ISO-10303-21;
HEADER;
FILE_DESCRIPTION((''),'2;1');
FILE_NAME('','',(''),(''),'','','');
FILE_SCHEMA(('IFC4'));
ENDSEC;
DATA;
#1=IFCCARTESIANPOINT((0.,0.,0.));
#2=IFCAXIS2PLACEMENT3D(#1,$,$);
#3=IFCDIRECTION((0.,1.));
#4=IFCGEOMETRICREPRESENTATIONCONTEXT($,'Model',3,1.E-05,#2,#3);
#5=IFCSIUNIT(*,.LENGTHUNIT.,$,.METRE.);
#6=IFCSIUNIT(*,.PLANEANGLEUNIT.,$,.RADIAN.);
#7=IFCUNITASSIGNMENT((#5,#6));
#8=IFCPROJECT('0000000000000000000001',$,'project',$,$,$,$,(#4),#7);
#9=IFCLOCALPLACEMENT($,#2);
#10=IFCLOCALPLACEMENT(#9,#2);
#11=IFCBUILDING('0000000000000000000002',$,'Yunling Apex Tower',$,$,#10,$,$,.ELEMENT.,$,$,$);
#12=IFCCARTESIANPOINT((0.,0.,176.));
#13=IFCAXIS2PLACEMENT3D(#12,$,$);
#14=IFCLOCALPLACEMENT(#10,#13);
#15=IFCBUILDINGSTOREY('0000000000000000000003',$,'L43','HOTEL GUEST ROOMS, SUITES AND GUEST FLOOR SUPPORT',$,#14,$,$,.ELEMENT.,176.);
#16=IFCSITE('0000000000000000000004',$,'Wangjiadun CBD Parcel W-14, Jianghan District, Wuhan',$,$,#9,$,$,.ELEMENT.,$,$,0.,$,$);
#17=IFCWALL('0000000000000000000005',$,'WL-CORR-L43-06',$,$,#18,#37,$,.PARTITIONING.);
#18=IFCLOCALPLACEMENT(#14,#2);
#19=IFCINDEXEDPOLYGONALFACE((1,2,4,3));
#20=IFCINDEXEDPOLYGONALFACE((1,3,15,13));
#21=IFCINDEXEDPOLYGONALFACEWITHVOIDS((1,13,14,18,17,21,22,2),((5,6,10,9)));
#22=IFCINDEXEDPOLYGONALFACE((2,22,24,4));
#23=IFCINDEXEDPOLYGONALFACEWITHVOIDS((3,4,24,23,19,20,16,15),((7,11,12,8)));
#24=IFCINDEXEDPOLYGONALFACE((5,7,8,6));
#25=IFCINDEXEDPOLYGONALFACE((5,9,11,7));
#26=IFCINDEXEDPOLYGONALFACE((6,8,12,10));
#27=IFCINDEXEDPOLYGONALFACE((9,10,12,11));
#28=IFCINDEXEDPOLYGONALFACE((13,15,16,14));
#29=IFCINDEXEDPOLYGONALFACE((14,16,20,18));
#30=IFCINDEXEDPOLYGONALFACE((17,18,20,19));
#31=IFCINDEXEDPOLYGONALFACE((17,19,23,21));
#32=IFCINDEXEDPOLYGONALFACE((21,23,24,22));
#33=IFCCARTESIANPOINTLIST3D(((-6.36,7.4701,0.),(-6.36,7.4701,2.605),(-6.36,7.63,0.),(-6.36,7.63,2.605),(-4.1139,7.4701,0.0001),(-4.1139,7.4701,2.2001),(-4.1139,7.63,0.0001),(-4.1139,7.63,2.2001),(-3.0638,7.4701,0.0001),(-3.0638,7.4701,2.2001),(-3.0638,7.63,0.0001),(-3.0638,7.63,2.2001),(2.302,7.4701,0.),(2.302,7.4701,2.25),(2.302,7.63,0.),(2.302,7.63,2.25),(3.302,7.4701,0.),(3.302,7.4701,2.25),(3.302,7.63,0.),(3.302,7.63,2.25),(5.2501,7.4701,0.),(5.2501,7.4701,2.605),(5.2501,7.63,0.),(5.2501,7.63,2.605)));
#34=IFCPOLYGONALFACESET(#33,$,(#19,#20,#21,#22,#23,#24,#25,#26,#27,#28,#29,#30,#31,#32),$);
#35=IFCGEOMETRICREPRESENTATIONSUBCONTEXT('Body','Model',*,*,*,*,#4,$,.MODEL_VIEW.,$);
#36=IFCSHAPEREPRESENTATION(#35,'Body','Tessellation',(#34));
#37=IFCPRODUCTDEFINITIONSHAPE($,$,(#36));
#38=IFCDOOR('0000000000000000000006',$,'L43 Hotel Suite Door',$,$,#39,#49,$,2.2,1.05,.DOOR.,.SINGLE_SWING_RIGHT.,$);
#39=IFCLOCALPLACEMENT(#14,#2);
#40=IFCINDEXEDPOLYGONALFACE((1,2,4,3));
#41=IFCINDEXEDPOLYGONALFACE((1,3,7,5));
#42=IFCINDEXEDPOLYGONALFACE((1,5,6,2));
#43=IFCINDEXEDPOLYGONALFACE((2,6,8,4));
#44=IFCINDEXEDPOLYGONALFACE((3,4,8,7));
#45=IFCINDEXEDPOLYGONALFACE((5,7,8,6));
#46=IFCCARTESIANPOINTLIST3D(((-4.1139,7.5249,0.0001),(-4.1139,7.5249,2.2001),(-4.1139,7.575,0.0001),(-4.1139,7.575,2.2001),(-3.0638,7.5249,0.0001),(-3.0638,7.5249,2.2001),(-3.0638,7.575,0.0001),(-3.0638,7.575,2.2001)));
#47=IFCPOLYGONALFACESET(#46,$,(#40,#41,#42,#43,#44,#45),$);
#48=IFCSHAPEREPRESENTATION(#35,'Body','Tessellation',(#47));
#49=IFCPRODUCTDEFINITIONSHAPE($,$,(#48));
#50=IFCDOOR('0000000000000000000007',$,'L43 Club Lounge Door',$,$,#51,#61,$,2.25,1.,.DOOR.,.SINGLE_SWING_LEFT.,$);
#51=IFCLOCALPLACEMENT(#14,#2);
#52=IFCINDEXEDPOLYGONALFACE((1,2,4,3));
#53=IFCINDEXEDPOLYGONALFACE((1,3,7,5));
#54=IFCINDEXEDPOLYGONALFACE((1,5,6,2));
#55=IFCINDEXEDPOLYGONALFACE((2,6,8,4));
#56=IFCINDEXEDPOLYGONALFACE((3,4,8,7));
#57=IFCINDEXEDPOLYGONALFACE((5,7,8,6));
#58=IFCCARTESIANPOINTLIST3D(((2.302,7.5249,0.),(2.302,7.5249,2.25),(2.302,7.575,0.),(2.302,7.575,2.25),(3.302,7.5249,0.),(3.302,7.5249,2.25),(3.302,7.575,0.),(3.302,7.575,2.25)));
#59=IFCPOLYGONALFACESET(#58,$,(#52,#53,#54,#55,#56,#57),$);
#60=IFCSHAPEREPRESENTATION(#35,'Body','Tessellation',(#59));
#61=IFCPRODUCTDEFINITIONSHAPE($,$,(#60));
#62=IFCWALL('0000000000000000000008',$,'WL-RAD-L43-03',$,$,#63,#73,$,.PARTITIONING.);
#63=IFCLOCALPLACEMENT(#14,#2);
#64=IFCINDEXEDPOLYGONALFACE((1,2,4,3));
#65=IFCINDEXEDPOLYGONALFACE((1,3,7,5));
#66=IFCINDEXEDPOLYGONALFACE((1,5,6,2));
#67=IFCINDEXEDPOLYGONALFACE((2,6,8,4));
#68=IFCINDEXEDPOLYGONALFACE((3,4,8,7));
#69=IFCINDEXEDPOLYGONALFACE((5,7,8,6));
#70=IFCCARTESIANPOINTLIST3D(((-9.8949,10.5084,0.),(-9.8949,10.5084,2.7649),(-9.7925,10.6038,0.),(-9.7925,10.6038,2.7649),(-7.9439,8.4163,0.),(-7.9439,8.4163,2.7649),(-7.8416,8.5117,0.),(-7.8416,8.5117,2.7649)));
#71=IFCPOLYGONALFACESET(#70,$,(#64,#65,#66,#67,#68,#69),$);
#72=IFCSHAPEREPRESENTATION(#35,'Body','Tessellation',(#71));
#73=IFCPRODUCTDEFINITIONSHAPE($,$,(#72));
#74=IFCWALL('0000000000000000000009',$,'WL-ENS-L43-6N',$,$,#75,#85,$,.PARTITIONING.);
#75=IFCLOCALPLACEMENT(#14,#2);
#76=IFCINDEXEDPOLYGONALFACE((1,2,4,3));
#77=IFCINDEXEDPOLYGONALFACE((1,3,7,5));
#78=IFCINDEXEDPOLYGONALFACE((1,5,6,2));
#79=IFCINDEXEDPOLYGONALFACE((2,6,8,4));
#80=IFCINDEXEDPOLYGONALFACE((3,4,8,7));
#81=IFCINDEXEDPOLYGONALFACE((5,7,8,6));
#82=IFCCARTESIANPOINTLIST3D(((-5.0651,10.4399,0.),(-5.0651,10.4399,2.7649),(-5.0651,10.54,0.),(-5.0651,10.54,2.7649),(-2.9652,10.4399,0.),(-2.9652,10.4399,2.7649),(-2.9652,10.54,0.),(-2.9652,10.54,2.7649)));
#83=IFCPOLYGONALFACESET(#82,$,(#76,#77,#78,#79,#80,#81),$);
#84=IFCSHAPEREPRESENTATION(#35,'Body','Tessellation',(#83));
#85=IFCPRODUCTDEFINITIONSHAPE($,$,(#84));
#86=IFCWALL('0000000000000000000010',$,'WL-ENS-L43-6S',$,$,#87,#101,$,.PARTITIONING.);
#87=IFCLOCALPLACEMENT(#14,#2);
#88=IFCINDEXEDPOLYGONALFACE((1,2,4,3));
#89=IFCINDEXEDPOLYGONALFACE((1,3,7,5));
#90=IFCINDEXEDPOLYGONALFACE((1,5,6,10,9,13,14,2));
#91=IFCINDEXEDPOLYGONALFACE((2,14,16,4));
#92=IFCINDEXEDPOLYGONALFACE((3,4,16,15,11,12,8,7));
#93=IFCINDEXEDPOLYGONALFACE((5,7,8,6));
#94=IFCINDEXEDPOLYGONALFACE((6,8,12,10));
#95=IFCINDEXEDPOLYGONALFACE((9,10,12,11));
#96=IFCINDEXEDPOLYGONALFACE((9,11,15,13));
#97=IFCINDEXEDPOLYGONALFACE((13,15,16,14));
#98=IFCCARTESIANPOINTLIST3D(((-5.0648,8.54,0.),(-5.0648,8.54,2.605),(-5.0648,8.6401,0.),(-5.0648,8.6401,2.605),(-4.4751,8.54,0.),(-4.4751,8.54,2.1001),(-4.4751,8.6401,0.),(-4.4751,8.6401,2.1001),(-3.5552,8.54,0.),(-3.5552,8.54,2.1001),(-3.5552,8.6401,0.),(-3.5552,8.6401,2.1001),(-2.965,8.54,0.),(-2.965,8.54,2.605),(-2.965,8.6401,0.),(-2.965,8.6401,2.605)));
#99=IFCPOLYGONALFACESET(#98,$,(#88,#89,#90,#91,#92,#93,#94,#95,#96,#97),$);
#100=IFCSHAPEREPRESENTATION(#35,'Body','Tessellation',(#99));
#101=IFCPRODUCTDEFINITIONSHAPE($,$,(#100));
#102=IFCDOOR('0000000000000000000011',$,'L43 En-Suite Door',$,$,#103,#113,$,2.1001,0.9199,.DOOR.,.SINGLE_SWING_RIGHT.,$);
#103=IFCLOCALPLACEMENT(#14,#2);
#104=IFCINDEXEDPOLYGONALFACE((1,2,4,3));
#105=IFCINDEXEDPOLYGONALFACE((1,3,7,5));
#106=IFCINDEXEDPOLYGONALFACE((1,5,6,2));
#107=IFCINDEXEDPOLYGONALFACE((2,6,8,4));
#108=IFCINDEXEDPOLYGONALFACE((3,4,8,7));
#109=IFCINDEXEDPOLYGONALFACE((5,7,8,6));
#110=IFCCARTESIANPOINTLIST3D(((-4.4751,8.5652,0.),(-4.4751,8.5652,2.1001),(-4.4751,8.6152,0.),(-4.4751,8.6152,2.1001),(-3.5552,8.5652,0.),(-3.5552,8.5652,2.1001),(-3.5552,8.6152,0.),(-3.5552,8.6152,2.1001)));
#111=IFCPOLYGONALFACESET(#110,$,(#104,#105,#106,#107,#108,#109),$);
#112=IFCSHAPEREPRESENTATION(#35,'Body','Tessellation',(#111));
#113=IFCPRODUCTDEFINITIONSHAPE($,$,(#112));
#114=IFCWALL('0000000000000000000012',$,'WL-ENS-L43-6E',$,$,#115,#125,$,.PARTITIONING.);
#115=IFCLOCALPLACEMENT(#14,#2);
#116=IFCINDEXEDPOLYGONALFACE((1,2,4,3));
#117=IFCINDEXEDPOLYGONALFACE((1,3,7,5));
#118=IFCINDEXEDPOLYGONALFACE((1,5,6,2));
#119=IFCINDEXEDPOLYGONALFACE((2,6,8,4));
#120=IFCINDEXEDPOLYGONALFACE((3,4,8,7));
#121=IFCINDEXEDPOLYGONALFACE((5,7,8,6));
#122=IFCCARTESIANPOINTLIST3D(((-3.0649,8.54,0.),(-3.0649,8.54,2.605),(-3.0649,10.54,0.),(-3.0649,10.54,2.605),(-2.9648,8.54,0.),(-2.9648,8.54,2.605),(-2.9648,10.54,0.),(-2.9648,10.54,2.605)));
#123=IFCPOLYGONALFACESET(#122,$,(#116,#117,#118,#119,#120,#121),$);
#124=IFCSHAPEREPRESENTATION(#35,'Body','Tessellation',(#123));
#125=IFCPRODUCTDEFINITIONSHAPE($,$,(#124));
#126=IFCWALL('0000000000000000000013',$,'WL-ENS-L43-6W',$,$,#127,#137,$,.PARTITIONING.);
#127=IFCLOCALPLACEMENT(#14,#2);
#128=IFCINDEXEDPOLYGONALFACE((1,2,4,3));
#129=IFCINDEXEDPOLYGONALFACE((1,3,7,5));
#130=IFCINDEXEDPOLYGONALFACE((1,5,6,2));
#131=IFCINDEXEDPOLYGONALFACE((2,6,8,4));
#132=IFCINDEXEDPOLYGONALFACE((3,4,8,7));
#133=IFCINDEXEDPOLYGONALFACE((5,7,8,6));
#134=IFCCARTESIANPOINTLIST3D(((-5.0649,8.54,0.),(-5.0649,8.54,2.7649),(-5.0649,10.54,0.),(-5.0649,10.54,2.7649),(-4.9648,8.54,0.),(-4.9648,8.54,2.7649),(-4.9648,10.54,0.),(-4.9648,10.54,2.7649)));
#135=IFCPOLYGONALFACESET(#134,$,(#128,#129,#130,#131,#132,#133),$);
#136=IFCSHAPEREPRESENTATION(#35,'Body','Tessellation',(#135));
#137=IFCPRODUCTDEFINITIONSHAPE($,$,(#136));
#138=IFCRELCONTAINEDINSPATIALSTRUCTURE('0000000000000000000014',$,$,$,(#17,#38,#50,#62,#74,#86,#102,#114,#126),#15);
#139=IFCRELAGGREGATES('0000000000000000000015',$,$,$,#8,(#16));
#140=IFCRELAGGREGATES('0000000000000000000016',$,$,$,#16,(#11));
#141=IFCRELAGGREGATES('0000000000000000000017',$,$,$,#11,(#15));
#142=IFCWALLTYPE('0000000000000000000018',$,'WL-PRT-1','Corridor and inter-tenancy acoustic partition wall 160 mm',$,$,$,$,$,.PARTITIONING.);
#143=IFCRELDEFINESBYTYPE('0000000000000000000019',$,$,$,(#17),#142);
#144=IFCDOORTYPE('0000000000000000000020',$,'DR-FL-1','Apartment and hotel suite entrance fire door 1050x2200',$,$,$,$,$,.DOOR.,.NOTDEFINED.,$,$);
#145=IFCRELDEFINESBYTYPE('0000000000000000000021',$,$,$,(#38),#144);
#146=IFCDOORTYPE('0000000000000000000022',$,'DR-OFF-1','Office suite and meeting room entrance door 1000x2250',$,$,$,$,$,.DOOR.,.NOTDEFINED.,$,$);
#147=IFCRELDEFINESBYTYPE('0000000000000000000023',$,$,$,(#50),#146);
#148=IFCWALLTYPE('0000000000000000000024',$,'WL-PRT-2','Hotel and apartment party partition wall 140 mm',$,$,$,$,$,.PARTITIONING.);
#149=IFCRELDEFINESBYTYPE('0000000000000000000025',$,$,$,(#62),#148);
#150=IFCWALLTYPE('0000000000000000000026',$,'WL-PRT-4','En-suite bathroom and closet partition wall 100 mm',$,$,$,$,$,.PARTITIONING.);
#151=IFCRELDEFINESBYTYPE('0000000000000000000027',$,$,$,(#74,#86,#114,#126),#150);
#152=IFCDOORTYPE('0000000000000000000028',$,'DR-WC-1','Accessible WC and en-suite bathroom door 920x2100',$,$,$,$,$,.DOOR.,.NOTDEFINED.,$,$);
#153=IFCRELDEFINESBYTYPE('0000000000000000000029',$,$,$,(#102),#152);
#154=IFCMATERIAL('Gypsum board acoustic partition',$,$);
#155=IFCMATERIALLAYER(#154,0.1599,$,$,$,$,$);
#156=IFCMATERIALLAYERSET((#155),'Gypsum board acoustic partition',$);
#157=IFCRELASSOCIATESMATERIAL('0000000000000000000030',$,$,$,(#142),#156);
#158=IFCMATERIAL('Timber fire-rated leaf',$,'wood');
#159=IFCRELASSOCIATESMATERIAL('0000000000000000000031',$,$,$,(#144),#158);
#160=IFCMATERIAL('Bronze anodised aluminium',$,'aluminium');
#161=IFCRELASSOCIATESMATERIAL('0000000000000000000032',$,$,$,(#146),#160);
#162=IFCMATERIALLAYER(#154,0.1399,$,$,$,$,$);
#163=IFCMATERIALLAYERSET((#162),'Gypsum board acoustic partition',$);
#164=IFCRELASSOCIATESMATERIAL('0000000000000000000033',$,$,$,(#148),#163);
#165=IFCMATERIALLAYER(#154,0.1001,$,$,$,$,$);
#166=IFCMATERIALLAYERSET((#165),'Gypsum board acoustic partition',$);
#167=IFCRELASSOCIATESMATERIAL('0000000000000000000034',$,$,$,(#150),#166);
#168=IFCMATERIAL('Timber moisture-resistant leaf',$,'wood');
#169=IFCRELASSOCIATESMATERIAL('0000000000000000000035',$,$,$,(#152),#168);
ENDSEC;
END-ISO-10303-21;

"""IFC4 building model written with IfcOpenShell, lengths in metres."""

from ifc_helpers import new_model, si_unit, direction, frame, frame_2d, origin, place, context, subcontext, project, spatial, rectangle, extrude, material, layer, layer_set, type_object, element, fill, save


model = new_model("IFC4")

# Units and contexts
model_context = context("Model", 3, precision=1e-05, world=origin(), true_north=direction((0.0, 1.0)))
body_context = subcontext(model_context, "Body", "Model", "MODEL_VIEW")
ifc_project = project(units=[si_unit("LENGTHUNIT", "METRE"), si_unit("PLANEANGLEUNIT", "RADIAN")], contexts=[model_context])

# Site, building, storey
site_placement = place(None, origin())
site = spatial("IfcSite", under=ifc_project, at=site_placement, Name="Wangjiadun CBD Parcel W-14, Jianghan District, Wuhan", CompositionType="ELEMENT", RefElevation=0.0)
building_placement = place(site_placement, origin())
building = spatial("IfcBuilding", under=site, at=building_placement, Name="Yunling Apex Tower", CompositionType="ELEMENT")
storey_placement = place(building_placement, frame((0.0, 0.0, 176.0)))
storey = spatial("IfcBuildingStorey", under=building, at=storey_placement, Name="L43", Description="HOTEL GUEST ROOMS, SUITES AND GUEST FLOOR SUPPORT", CompositionType="ELEMENT", Elevation=176.0)

# Shared definitions
ifc_material_1 = material(Name="Bronze anodised aluminium", Category="aluminium")

# Shared definitions
ifc_material_2 = material(Name="Gypsum board acoustic partition")
ifc_layer_1 = layer(ifc_material_2, 0.1599)
ifc_layer_set_1 = layer_set([ifc_layer_1], Name="Gypsum board acoustic partition")
wall_type_1 = type_object("IfcWallType", Name="WL-PRT-1", Description="Corridor and inter-tenancy acoustic partition wall 160 mm", PredefinedType="PARTITIONING", material=ifc_layer_set_1)

# Wall, openings, doors
wall_1_placement = place(storey_placement, frame((-6.3601, 7.55, 0.0), z_axis=(0.0, 0.0, 1.0), x_axis=(1.0, 0.0, 0.0)))
wall_1 = element("IfcWall", 1, at=wall_1_placement, inside=storey, type_object=wall_type_1, Name="WL-CORR-L43-06", PredefinedType="PARTITIONING", context=body_context, shape_type="SweptSolid", body=[
    extrude(rectangle(XDim=11.6101, YDim=0.1599, at=frame_2d((5.8052, 0.0))), origin(), (0.0, 0.0, 1.0), 2.605),
])
opening_1_placement = place(wall_1_placement, frame((2.2463, 0.0, 0.0)))
opening_1 = element("IfcOpeningElement", 2, at=opening_1_placement, cuts=wall_1, PredefinedType="OPENING", context=body_context, shape_type="SweptSolid", body=[
    extrude(rectangle(XDim=1.05, YDim=2.2, at=frame_2d((0.5249, 1.1001))), frame((0.0, 0.0898, 0.0), z_axis=(0.0, -1.0, 0.0), x_axis=(1.0, 0.0, 0.0)), (0.0, 0.0, 1.0), 0.1799),
])
opening_2_placement = place(wall_1_placement, frame((8.6621, 0.0, 0.0)))
opening_2 = element("IfcOpeningElement", 3, at=opening_2_placement, cuts=wall_1, PredefinedType="OPENING", context=body_context, shape_type="SweptSolid", body=[
    extrude(rectangle(XDim=1.0, YDim=2.25, at=frame_2d((0.5, 1.125))), frame((0.0, 0.0898, 0.0), z_axis=(0.0, -1.0, 0.0), x_axis=(1.0, 0.0, 0.0)), (0.0, 0.0, 1.0), 0.1799),
])
ifc_material_3 = material(Name="Timber fire-rated leaf", Category="wood")
door_type_1 = type_object("IfcDoorType", Name="DR-FL-1", Description="Apartment and hotel suite entrance fire door 1050x2200", OperationType="NOTDEFINED", PredefinedType="DOOR", material=ifc_material_3)
door_1_placement = place(opening_1_placement, origin())
door_1 = element("IfcDoor", 4, at=door_1_placement, inside=storey, type_object=door_type_1, Name="L43 Hotel Suite Door", OperationType="SINGLE_SWING_RIGHT", OverallHeight=2.2, OverallWidth=1.05, PredefinedType="DOOR", context=body_context, shape_type="SweptSolid", body=[
    extrude(rectangle(XDim=1.05, YDim=2.2, at=frame_2d((0.5249, 1.1001))), frame((0.0, 0.0249, 0.0), z_axis=(0.0, -1.0, 0.0), x_axis=(1.0, 0.0, 0.0)), (0.0, 0.0, 1.0), 0.05),
])
fill(opening_1, door_1)
door_type_2 = type_object("IfcDoorType", Name="DR-OFF-1", Description="Office suite and meeting room entrance door 1000x2250", OperationType="NOTDEFINED", PredefinedType="DOOR", material=ifc_material_1)
door_2_placement = place(opening_2_placement, origin())
door_2 = element("IfcDoor", 5, at=door_2_placement, inside=storey, type_object=door_type_2, Name="L43 Club Lounge Door", OperationType="SINGLE_SWING_LEFT", OverallHeight=2.25, OverallWidth=1.0, PredefinedType="DOOR", context=body_context, shape_type="SweptSolid", body=[
    extrude(rectangle(XDim=1.0, YDim=2.25, at=frame_2d((0.5, 1.125))), frame((0.0, 0.0249, 0.0), z_axis=(0.0, -1.0, 0.0), x_axis=(1.0, 0.0, 0.0)), (0.0, 0.0, 1.0), 0.05),
])
fill(opening_2, door_2)

# Walls
ifc_layer_2 = layer(ifc_material_2, 0.1399)
ifc_layer_set_2 = layer_set([ifc_layer_2], Name="Gypsum board acoustic partition")
wall_type_2 = type_object("IfcWallType", Name="WL-PRT-2", Description="Hotel and apartment party partition wall 140 mm", PredefinedType="PARTITIONING", material=ifc_layer_set_2)
wall_2_placement = place(storey_placement, frame((-7.8928, 8.4641, 0.0), z_axis=(0.0, 0.0, 1.0), x_axis=(-0.682011, 0.731342, 0.0)))
element("IfcWall", 6, at=wall_2_placement, inside=storey, type_object=wall_type_2, Name="WL-RAD-L43-03", PredefinedType="PARTITIONING", context=body_context, shape_type="SweptSolid", body=[
    extrude(rectangle(XDim=2.8606, YDim=0.1399, at=frame_2d((1.4302, 0.0))), origin(), (0.0, 0.0, 1.0), 2.7649),
])
ifc_layer_3 = layer(ifc_material_2, 0.1001)
ifc_layer_set_3 = layer_set([ifc_layer_3], Name="Gypsum board acoustic partition")
wall_type_3 = type_object("IfcWallType", Name="WL-PRT-4", Description="En-suite bathroom and closet partition wall 100 mm", PredefinedType="PARTITIONING", material=ifc_layer_set_3)
wall_3_placement = place(storey_placement, frame((-5.0649, 10.49, 0.0), z_axis=(0.0, 0.0, 1.0), x_axis=(1.0, 0.0, 0.0)))
element("IfcWall", 7, at=wall_3_placement, inside=storey, type_object=wall_type_3, Name="WL-ENS-L43-6N", PredefinedType="PARTITIONING", context=body_context, shape_type="SweptSolid", body=[
    extrude(rectangle(XDim=2.0999, YDim=0.1001, at=frame_2d((1.0498, 0.0))), origin(), (0.0, 0.0, 1.0), 2.7649),
])

# Wall, opening, door
wall_4_placement = place(storey_placement, frame((-2.9651, 8.5901, 0.0), z_axis=(0.0, 0.0, 1.0), x_axis=(-1.0, 0.0, 0.0)))
wall_4 = element("IfcWall", 8, at=wall_4_placement, inside=storey, type_object=wall_type_3, Name="WL-ENS-L43-6S", PredefinedType="PARTITIONING", context=body_context, shape_type="SweptSolid", body=[
    extrude(rectangle(XDim=2.0999, YDim=0.1001, at=frame_2d((1.0498, 0.0))), origin(), (0.0, 0.0, 1.0), 2.605),
])
opening_3_placement = place(wall_4_placement, frame((0.5901, 0.0, 0.0)))
opening_3 = element("IfcOpeningElement", 9, at=opening_3_placement, cuts=wall_4, PredefinedType="OPENING", context=body_context, shape_type="SweptSolid", body=[
    extrude(rectangle(XDim=0.9199, YDim=2.1001, at=frame_2d((0.46, 1.05))), frame((0.0, 0.0601, 0.0), z_axis=(0.0, -1.0, 0.0), x_axis=(1.0, 0.0, 0.0)), (0.0, 0.0, 1.0), 0.1201),
])
ifc_material_4 = material(Name="Timber moisture-resistant leaf", Category="wood")
door_type_3 = type_object("IfcDoorType", Name="DR-WC-1", Description="Accessible WC and en-suite bathroom door 920x2100", OperationType="NOTDEFINED", PredefinedType="DOOR", material=ifc_material_4)
door_3_placement = place(opening_3_placement, origin())
door_3 = element("IfcDoor", 10, at=door_3_placement, inside=storey, type_object=door_type_3, Name="L43 En-Suite Door", OperationType="SINGLE_SWING_RIGHT", OverallHeight=2.1001, OverallWidth=0.9199, PredefinedType="DOOR", context=body_context, shape_type="SweptSolid", body=[
    extrude(rectangle(XDim=0.9199, YDim=2.1001, at=frame_2d((0.46, 1.05))), frame((0.0, 0.0249, 0.0), z_axis=(0.0, -1.0, 0.0), x_axis=(1.0, 0.0, 0.0)), (0.0, 0.0, 1.0), 0.05),
])
fill(opening_3, door_3)

# Walls
wall_5_placement = place(storey_placement, frame((-3.0149, 10.54, 0.0), z_axis=(0.0, 0.0, 1.0), x_axis=(0.0, -1.0, 0.0)))
element("IfcWall", 11, at=wall_5_placement, inside=storey, type_object=wall_type_3, Name="WL-ENS-L43-6E", PredefinedType="PARTITIONING", context=body_context, shape_type="SweptSolid", body=[
    extrude(rectangle(XDim=2.0, YDim=0.1001, at=frame_2d((1.0, 0.0))), origin(), (0.0, 0.0, 1.0), 2.605),
])
wall_6_placement = place(storey_placement, frame((-5.0149, 8.54, 0.0), z_axis=(0.0, 0.0, 1.0), x_axis=(0.0, 1.0, 0.0)))
element("IfcWall", 12, at=wall_6_placement, inside=storey, type_object=wall_type_3, Name="WL-ENS-L43-6W", PredefinedType="PARTITIONING", context=body_context, shape_type="SweptSolid", body=[
    extrude(rectangle(XDim=2.0, YDim=0.1001, at=frame_2d((1.0, 0.0))), origin(), (0.0, 0.0, 1.0), 2.7649),
])

save(model, "model.ifc")
